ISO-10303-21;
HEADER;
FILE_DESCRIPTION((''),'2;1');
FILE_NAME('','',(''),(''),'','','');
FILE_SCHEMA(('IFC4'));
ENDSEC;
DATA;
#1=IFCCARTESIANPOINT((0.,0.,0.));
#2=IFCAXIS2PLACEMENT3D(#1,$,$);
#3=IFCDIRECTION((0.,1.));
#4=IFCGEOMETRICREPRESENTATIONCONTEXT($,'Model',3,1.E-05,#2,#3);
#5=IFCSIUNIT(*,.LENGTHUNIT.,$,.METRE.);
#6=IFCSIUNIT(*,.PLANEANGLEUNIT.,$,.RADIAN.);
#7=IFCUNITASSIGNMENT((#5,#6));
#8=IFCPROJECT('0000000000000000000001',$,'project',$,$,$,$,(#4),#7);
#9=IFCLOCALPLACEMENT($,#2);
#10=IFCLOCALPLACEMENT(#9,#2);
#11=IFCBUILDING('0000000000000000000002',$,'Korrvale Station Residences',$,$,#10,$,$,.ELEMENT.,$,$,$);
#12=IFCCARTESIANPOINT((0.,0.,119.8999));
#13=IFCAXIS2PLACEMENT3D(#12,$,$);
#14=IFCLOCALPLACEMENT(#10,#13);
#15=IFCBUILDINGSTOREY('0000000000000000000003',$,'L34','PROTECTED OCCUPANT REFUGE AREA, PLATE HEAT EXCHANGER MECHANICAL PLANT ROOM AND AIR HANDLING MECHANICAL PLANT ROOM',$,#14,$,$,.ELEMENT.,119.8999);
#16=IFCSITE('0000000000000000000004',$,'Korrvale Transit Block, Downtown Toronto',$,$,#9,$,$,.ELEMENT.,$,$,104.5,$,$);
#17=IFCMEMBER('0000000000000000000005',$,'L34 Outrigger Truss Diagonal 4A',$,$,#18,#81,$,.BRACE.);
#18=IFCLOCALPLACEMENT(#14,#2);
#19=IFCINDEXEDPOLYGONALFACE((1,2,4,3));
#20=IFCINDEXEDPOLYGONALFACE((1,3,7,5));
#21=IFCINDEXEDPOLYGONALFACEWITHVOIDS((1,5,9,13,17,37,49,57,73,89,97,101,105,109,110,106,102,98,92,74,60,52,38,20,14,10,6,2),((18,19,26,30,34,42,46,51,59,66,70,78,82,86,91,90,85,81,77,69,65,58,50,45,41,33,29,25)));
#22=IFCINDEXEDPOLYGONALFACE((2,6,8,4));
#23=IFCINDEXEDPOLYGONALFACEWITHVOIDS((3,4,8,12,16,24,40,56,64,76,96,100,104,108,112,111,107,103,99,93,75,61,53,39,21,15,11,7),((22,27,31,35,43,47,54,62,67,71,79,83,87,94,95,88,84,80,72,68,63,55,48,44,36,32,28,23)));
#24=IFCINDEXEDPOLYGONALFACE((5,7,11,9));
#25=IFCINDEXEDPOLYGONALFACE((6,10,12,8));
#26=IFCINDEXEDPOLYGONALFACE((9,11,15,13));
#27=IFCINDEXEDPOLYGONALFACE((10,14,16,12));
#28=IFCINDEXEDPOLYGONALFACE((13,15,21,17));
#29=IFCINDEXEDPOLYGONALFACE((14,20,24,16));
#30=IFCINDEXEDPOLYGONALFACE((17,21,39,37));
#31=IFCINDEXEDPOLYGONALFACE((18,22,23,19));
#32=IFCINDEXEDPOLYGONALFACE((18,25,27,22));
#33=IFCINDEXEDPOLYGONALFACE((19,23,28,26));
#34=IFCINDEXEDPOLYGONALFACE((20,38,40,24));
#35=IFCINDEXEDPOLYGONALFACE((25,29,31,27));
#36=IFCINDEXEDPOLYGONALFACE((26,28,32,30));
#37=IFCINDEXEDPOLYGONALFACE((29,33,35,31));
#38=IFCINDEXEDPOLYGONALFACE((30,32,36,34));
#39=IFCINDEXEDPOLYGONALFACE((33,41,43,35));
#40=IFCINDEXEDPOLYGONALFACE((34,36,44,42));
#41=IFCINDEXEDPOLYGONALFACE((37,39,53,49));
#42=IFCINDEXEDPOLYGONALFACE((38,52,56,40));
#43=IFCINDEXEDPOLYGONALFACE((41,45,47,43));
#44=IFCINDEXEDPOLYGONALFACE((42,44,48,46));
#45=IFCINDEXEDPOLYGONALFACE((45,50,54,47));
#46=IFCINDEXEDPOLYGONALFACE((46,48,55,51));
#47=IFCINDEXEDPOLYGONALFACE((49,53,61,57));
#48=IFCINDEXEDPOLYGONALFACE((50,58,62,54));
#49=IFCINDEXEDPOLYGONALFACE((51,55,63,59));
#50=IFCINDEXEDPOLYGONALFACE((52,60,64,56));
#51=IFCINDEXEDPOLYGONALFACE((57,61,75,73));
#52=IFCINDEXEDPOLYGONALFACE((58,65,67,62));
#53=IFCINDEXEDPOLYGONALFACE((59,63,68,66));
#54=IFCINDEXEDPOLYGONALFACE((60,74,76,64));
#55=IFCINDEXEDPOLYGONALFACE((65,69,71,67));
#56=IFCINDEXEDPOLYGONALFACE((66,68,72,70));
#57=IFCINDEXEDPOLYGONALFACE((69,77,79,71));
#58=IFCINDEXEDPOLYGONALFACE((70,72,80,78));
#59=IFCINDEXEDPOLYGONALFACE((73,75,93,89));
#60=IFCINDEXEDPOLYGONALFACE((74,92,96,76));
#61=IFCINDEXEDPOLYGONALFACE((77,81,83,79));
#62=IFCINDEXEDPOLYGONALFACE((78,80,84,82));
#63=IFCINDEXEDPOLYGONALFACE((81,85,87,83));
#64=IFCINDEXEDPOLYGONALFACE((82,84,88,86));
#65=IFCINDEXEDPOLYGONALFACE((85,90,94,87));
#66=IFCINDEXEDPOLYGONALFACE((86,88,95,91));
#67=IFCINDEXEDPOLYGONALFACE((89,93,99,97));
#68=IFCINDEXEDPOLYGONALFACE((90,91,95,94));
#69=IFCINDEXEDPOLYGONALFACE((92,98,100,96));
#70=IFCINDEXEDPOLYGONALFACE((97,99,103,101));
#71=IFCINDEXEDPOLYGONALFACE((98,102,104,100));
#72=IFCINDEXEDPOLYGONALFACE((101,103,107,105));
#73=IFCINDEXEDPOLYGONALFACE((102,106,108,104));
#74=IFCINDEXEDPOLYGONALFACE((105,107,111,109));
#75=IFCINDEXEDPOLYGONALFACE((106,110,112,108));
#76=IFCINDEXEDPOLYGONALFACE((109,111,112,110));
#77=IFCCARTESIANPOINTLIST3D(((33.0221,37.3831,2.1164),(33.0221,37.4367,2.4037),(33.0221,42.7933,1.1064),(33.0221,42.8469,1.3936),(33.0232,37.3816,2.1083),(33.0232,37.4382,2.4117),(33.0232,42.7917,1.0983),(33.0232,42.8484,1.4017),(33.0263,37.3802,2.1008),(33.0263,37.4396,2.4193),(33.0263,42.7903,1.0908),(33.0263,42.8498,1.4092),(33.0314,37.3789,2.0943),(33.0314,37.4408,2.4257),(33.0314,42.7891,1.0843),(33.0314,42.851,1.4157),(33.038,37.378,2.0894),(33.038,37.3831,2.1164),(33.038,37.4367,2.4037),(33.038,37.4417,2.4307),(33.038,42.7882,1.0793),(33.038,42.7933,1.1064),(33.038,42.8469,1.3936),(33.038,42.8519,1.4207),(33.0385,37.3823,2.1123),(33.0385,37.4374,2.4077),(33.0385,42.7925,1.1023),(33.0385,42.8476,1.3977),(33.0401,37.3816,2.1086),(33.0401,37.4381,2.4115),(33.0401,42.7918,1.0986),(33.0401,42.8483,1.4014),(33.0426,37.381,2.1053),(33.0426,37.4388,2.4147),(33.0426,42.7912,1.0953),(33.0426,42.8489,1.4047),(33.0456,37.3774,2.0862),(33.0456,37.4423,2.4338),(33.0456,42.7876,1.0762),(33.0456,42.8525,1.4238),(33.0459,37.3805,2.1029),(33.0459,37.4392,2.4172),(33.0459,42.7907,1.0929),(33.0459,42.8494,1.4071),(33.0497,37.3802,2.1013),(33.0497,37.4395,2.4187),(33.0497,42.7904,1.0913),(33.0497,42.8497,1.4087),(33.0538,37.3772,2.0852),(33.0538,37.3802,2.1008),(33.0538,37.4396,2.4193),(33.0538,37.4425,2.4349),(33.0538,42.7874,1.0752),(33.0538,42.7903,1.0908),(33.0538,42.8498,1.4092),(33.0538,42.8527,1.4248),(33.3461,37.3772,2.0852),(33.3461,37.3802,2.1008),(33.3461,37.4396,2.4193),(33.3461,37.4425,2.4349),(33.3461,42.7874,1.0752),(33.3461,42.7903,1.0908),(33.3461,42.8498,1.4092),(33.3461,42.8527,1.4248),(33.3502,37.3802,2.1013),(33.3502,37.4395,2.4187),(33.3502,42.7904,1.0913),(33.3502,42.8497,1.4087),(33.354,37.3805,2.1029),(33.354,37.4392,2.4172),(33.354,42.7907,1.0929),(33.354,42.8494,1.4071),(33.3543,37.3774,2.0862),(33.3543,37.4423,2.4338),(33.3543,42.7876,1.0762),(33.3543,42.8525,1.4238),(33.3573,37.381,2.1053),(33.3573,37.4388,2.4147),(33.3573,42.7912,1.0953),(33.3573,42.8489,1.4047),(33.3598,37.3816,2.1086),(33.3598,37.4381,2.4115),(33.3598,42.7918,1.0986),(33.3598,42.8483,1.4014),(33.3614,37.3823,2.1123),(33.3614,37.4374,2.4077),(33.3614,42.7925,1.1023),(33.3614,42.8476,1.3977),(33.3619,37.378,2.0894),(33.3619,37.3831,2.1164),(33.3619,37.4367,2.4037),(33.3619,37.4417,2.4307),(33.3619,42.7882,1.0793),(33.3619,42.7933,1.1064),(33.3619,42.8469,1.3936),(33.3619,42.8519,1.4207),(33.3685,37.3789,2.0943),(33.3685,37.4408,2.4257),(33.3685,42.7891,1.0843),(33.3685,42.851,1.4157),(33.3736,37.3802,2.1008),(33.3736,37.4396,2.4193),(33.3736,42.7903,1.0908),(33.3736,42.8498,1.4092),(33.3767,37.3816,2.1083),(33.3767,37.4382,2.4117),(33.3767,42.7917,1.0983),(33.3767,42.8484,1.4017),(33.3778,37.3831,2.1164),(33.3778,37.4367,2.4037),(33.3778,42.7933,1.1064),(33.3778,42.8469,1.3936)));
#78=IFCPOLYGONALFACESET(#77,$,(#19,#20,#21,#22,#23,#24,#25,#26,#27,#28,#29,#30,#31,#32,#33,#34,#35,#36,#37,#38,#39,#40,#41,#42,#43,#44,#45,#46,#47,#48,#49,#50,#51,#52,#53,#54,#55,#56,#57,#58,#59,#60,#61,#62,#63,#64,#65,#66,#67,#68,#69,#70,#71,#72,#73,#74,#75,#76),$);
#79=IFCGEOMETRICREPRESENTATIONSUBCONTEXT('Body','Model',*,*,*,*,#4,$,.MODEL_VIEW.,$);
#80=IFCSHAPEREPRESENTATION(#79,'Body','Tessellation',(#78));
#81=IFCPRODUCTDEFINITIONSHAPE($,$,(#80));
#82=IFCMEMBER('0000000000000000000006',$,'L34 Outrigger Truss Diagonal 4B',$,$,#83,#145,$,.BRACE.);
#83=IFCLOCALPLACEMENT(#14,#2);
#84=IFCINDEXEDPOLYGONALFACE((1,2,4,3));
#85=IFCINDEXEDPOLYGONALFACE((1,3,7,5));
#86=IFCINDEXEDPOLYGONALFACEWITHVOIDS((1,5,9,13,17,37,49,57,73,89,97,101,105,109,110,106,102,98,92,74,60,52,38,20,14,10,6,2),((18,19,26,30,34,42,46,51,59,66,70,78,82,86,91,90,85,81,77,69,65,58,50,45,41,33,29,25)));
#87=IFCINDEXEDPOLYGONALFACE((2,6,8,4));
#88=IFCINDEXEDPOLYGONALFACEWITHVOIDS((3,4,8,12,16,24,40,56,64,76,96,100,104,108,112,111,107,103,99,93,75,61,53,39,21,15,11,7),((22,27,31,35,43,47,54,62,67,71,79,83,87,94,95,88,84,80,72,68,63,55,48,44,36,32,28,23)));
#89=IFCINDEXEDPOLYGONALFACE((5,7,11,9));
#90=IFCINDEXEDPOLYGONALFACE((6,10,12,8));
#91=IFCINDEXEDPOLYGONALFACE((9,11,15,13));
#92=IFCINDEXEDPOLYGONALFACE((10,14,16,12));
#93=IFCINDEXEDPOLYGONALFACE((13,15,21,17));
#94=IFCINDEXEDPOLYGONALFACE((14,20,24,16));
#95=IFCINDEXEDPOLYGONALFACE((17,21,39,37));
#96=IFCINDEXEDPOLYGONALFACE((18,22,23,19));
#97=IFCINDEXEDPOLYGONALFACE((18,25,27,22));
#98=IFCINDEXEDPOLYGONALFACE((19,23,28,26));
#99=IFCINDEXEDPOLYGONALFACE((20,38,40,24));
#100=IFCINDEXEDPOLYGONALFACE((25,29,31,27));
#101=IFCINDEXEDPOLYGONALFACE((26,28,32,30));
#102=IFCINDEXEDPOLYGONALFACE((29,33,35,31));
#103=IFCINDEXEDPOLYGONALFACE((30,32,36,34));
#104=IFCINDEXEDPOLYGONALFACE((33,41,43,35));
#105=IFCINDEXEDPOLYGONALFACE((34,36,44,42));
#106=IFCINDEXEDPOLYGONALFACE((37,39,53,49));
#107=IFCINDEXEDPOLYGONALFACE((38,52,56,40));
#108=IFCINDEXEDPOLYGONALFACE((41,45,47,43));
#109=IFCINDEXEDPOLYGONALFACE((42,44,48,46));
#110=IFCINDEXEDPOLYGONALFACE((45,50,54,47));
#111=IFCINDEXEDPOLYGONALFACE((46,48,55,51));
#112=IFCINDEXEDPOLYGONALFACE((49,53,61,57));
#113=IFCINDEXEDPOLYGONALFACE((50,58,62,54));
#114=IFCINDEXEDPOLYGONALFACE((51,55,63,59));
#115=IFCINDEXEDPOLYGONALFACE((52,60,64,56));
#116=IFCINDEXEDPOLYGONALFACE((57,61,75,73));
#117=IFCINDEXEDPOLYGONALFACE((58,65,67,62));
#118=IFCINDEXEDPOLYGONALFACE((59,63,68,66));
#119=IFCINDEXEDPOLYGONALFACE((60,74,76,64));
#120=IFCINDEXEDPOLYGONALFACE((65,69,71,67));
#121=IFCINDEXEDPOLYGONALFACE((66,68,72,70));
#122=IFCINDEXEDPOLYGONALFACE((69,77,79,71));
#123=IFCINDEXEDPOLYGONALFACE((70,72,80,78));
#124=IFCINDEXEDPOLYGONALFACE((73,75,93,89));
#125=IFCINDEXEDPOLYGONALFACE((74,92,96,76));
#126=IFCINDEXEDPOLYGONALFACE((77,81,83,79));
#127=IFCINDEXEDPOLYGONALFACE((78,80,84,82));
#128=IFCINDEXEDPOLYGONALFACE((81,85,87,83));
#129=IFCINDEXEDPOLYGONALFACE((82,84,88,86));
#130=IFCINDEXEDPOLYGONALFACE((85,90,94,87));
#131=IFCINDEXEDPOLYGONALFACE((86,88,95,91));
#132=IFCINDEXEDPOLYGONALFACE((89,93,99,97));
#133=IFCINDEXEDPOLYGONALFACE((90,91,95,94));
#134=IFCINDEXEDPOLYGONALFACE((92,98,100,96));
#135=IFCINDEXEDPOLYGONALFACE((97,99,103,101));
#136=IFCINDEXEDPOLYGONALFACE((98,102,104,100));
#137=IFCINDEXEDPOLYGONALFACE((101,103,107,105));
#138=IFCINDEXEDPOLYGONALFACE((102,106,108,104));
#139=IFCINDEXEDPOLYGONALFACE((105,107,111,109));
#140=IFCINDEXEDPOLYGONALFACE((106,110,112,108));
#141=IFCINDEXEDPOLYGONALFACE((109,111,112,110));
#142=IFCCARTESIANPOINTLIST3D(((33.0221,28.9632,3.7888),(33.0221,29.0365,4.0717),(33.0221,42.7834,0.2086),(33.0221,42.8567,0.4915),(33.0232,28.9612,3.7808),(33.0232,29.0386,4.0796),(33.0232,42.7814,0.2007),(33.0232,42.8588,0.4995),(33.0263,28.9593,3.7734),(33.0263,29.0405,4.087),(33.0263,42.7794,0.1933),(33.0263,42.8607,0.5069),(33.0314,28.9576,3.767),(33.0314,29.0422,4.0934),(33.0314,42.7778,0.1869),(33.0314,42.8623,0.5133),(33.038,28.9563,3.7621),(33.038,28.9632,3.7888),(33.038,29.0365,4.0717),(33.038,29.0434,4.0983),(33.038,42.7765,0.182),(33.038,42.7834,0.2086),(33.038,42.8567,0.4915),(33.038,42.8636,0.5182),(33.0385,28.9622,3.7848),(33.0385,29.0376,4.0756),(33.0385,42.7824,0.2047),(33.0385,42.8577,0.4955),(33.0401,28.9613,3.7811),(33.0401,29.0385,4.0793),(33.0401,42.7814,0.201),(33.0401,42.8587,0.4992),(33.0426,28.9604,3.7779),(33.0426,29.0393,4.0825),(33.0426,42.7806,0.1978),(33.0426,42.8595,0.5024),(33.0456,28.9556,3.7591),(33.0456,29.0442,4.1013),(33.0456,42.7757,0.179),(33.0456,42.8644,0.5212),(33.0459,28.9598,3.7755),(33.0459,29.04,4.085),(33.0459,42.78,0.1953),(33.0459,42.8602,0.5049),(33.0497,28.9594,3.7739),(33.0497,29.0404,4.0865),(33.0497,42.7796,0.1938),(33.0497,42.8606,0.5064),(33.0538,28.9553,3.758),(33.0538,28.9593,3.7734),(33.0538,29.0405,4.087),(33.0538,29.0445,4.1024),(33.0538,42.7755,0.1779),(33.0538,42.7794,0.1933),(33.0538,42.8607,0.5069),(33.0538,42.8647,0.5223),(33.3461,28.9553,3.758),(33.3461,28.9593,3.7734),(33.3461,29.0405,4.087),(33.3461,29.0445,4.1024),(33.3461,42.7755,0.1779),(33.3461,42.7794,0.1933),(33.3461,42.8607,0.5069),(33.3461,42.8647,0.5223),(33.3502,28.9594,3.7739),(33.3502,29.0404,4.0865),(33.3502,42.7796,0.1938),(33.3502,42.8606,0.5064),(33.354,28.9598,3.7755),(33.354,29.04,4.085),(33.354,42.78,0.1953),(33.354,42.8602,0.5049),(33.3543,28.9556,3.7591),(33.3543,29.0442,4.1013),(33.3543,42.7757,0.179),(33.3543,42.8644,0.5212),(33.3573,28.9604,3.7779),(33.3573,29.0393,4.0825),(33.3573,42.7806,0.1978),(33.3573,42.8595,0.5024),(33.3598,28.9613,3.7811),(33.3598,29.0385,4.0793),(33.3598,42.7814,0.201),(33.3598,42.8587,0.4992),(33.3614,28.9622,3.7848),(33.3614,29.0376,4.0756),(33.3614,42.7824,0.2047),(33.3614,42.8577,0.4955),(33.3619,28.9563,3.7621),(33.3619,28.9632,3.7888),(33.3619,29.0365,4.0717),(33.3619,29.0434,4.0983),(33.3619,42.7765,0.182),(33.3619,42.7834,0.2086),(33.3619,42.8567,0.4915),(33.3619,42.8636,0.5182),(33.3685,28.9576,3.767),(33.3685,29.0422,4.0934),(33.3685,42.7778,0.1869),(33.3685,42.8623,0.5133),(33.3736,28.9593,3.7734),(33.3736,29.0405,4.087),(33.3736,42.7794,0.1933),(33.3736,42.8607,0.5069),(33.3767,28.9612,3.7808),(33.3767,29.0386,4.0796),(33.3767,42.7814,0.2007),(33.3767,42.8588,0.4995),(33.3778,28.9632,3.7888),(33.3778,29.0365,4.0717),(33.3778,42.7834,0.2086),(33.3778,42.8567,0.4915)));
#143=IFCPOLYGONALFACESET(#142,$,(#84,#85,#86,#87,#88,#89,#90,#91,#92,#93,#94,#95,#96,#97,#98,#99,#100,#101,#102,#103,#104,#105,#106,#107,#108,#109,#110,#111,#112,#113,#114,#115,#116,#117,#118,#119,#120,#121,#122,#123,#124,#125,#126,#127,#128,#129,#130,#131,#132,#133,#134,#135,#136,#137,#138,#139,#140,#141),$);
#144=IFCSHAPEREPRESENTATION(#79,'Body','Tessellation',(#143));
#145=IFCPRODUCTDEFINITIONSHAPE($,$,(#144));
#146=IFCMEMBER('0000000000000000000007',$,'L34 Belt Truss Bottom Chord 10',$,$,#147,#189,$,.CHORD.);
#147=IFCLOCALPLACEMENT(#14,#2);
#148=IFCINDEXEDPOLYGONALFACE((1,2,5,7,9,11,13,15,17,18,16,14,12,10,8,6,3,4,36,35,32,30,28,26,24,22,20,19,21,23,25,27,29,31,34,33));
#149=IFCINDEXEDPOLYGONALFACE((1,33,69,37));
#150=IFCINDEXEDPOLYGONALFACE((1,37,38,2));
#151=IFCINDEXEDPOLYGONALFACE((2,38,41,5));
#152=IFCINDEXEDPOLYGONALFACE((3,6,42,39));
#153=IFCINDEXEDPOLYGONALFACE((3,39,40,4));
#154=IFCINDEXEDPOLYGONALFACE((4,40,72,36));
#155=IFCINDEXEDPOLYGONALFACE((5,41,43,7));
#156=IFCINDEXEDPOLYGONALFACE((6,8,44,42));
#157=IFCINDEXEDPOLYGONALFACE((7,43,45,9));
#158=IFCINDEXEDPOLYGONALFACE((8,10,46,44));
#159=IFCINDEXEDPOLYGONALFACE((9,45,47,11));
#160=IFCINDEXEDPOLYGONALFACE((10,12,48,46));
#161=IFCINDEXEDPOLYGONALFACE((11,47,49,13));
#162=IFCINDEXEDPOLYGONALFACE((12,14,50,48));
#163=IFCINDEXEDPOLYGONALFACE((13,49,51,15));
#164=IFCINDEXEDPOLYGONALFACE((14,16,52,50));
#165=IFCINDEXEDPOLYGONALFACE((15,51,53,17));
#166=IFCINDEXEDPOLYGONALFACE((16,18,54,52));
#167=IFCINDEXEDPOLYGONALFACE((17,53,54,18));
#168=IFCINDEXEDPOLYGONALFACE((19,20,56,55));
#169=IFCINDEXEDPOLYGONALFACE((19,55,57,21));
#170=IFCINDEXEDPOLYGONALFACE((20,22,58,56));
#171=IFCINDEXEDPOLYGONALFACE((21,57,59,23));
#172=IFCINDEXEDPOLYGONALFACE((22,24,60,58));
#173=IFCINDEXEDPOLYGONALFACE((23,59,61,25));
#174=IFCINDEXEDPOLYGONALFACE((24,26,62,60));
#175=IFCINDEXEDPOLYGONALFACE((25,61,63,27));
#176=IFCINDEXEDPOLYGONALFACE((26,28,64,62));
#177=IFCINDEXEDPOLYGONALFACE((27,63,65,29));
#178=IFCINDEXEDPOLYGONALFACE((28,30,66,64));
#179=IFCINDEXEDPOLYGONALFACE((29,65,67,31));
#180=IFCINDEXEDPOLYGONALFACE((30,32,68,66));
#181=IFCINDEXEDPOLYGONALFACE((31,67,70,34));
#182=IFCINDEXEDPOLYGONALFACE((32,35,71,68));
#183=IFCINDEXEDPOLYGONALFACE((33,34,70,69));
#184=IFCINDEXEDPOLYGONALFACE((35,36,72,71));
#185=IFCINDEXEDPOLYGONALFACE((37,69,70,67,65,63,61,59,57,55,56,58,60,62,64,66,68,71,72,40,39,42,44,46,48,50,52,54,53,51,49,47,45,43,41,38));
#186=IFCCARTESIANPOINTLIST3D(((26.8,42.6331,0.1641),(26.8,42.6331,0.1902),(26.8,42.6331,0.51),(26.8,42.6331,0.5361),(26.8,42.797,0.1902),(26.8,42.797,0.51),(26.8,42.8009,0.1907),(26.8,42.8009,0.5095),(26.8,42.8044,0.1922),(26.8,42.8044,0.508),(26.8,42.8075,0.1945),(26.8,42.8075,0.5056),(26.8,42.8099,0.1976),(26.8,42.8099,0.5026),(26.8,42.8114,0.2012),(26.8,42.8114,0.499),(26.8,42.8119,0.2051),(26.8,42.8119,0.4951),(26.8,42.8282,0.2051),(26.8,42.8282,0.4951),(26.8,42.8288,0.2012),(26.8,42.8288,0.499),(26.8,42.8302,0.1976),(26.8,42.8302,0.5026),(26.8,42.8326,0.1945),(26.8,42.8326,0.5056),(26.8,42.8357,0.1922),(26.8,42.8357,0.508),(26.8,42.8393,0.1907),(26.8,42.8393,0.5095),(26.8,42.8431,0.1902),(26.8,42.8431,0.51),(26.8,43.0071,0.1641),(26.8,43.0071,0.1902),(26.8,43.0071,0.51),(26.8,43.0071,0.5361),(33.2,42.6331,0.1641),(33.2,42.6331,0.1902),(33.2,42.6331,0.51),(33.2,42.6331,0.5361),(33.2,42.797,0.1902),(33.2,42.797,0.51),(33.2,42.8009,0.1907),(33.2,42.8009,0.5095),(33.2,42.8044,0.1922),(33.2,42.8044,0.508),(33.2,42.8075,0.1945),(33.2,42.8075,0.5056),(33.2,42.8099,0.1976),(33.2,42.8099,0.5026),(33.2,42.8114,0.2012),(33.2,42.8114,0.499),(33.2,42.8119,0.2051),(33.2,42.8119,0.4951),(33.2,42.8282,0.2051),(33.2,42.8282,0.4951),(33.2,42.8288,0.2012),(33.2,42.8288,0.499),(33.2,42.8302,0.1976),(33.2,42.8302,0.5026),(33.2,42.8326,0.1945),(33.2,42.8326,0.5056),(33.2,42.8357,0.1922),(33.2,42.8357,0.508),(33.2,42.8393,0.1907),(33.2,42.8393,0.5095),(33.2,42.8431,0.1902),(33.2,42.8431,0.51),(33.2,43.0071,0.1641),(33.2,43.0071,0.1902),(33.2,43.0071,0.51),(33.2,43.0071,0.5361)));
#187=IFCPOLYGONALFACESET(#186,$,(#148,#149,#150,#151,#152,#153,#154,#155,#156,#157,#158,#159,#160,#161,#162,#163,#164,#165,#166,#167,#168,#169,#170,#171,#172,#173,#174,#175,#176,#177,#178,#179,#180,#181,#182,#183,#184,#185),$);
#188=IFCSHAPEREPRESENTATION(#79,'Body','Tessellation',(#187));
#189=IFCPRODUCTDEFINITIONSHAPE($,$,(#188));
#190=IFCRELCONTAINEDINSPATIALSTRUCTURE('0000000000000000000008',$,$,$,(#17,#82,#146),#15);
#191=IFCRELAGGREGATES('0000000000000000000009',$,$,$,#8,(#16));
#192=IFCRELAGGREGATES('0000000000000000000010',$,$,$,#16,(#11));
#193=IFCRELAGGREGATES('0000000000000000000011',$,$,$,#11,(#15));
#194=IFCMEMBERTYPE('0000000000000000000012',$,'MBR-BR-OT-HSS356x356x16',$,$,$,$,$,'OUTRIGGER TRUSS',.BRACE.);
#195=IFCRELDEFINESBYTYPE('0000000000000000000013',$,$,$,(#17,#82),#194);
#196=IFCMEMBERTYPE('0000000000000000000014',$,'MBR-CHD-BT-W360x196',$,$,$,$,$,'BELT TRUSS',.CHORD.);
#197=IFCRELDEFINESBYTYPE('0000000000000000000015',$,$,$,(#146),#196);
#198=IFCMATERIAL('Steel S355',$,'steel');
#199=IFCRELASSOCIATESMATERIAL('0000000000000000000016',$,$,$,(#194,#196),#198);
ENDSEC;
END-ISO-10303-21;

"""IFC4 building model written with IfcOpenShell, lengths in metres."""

from ifc_helpers import new_model, si_unit, direction, frame, origin, origin_2d, place, context, subcontext, project, spatial, hollow_rectangle, i_section, extrude, material, material_profile, profile_set, type_object, element, save


model = new_model("IFC4")

# Units and contexts
model_context = context("Model", 3, precision=1e-05, world=origin(), true_north=direction((0.0, 1.0)))
body_context = subcontext(model_context, "Body", "Model", "MODEL_VIEW")
ifc_project = project(units=[si_unit("LENGTHUNIT", "METRE"), si_unit("PLANEANGLEUNIT", "RADIAN")], contexts=[model_context])

# Site, building, storey
site_placement = place(None, origin())
site = spatial("IfcSite", under=ifc_project, at=site_placement, Name="Korrvale Transit Block, Downtown Toronto", CompositionType="ELEMENT", RefElevation=104.5)
building_placement = place(site_placement, origin())
building = spatial("IfcBuilding", under=site, at=building_placement, Name="Korrvale Station Residences", CompositionType="ELEMENT")
storey_placement = place(building_placement, frame((0.0, 0.0, 119.8999)))
storey = spatial("IfcBuildingStorey", under=building, at=storey_placement, Name="L34", Description="PROTECTED OCCUPANT REFUGE AREA, PLATE HEAT EXCHANGER MECHANICAL PLANT ROOM AND AIR HANDLING MECHANICAL PLANT ROOM", CompositionType="ELEMENT", Elevation=119.8999)

# Members
ifc_material_1 = material(Name="Steel S355", Category="steel")
ifc_material_profile_1 = material_profile(ifc_material_1, hollow_rectangle(XDim=0.3557, YDim=0.3557, WallThickness=0.0159, InnerFilletRadius=0.0159, OuterFilletRadius=0.0317, at=origin_2d()), Name="HSS356x356x16")
ifc_profile_set_1 = profile_set([ifc_material_profile_1], Name="Steel S355")
member_type_1 = type_object("IfcMemberType", Name="MBR-BR-OT-HSS356x356x16", ElementType="OUTRIGGER TRUSS", PredefinedType="BRACE", material=ifc_profile_set_1)
member_1_placement = place(storey_placement, frame((33.2, 42.8201, 1.25), z_axis=(0.0, -0.983017, 0.183517), x_axis=(1.0, 0.0, 0.0)))
element("IfcMember", 1, at=member_1_placement, inside=storey, type_object=member_type_1, Name="L34 Outrigger Truss Diagonal 4A", PredefinedType="BRACE", context=body_context, shape_type="SweptSolid", body=[
    extrude(hollow_rectangle(XDim=0.3557, YDim=0.3557, WallThickness=0.0159, InnerFilletRadius=0.0159, OuterFilletRadius=0.0317, at=origin_2d()), origin(), (0.0, 0.0, 1.0), 5.5037),
])
member_2_placement = place(storey_placement, frame((33.2, 42.8201, 0.3501), z_axis=(0.0, -0.968046, 0.250772), x_axis=(1.0, 0.0, 0.0)))
element("IfcMember", 2, at=member_2_placement, inside=storey, type_object=member_type_1, Name="L34 Outrigger Truss Diagonal 4B", PredefinedType="BRACE", context=body_context, shape_type="SweptSolid", body=[
    extrude(hollow_rectangle(XDim=0.3557, YDim=0.3557, WallThickness=0.0159, InnerFilletRadius=0.0159, OuterFilletRadius=0.0317, at=origin_2d()), origin(), (0.0, 0.0, 1.0), 14.2764),
])
ifc_material_profile_2 = material_profile(ifc_material_1, i_section(OverallWidth=0.374, OverallDepth=0.3721, WebThickness=0.0164, FlangeThickness=0.0261, FilletRadius=0.0149, at=origin_2d()), Name="W360x196")
ifc_profile_set_2 = profile_set([ifc_material_profile_2], Name="Steel S355")
member_type_2 = type_object("IfcMemberType", Name="MBR-CHD-BT-W360x196", ElementType="BELT TRUSS", PredefinedType="CHORD", material=ifc_profile_set_2)
member_3_placement = place(storey_placement, frame((26.8, 42.8201, 0.3501), z_axis=(1.0, 0.0, 0.0), x_axis=(0.0, 1.0, 0.0)))
element("IfcMember", 3, at=member_3_placement, inside=storey, type_object=member_type_2, Name="L34 Belt Truss Bottom Chord 10", PredefinedType="CHORD", context=body_context, shape_type="SweptSolid", body=[
    extrude(i_section(OverallWidth=0.374, OverallDepth=0.3721, WebThickness=0.0164, FlangeThickness=0.0261, FilletRadius=0.0149, at=origin_2d()), origin(), (0.0, 0.0, 1.0), 6.3999),
])

save(model, "model.ifc")
